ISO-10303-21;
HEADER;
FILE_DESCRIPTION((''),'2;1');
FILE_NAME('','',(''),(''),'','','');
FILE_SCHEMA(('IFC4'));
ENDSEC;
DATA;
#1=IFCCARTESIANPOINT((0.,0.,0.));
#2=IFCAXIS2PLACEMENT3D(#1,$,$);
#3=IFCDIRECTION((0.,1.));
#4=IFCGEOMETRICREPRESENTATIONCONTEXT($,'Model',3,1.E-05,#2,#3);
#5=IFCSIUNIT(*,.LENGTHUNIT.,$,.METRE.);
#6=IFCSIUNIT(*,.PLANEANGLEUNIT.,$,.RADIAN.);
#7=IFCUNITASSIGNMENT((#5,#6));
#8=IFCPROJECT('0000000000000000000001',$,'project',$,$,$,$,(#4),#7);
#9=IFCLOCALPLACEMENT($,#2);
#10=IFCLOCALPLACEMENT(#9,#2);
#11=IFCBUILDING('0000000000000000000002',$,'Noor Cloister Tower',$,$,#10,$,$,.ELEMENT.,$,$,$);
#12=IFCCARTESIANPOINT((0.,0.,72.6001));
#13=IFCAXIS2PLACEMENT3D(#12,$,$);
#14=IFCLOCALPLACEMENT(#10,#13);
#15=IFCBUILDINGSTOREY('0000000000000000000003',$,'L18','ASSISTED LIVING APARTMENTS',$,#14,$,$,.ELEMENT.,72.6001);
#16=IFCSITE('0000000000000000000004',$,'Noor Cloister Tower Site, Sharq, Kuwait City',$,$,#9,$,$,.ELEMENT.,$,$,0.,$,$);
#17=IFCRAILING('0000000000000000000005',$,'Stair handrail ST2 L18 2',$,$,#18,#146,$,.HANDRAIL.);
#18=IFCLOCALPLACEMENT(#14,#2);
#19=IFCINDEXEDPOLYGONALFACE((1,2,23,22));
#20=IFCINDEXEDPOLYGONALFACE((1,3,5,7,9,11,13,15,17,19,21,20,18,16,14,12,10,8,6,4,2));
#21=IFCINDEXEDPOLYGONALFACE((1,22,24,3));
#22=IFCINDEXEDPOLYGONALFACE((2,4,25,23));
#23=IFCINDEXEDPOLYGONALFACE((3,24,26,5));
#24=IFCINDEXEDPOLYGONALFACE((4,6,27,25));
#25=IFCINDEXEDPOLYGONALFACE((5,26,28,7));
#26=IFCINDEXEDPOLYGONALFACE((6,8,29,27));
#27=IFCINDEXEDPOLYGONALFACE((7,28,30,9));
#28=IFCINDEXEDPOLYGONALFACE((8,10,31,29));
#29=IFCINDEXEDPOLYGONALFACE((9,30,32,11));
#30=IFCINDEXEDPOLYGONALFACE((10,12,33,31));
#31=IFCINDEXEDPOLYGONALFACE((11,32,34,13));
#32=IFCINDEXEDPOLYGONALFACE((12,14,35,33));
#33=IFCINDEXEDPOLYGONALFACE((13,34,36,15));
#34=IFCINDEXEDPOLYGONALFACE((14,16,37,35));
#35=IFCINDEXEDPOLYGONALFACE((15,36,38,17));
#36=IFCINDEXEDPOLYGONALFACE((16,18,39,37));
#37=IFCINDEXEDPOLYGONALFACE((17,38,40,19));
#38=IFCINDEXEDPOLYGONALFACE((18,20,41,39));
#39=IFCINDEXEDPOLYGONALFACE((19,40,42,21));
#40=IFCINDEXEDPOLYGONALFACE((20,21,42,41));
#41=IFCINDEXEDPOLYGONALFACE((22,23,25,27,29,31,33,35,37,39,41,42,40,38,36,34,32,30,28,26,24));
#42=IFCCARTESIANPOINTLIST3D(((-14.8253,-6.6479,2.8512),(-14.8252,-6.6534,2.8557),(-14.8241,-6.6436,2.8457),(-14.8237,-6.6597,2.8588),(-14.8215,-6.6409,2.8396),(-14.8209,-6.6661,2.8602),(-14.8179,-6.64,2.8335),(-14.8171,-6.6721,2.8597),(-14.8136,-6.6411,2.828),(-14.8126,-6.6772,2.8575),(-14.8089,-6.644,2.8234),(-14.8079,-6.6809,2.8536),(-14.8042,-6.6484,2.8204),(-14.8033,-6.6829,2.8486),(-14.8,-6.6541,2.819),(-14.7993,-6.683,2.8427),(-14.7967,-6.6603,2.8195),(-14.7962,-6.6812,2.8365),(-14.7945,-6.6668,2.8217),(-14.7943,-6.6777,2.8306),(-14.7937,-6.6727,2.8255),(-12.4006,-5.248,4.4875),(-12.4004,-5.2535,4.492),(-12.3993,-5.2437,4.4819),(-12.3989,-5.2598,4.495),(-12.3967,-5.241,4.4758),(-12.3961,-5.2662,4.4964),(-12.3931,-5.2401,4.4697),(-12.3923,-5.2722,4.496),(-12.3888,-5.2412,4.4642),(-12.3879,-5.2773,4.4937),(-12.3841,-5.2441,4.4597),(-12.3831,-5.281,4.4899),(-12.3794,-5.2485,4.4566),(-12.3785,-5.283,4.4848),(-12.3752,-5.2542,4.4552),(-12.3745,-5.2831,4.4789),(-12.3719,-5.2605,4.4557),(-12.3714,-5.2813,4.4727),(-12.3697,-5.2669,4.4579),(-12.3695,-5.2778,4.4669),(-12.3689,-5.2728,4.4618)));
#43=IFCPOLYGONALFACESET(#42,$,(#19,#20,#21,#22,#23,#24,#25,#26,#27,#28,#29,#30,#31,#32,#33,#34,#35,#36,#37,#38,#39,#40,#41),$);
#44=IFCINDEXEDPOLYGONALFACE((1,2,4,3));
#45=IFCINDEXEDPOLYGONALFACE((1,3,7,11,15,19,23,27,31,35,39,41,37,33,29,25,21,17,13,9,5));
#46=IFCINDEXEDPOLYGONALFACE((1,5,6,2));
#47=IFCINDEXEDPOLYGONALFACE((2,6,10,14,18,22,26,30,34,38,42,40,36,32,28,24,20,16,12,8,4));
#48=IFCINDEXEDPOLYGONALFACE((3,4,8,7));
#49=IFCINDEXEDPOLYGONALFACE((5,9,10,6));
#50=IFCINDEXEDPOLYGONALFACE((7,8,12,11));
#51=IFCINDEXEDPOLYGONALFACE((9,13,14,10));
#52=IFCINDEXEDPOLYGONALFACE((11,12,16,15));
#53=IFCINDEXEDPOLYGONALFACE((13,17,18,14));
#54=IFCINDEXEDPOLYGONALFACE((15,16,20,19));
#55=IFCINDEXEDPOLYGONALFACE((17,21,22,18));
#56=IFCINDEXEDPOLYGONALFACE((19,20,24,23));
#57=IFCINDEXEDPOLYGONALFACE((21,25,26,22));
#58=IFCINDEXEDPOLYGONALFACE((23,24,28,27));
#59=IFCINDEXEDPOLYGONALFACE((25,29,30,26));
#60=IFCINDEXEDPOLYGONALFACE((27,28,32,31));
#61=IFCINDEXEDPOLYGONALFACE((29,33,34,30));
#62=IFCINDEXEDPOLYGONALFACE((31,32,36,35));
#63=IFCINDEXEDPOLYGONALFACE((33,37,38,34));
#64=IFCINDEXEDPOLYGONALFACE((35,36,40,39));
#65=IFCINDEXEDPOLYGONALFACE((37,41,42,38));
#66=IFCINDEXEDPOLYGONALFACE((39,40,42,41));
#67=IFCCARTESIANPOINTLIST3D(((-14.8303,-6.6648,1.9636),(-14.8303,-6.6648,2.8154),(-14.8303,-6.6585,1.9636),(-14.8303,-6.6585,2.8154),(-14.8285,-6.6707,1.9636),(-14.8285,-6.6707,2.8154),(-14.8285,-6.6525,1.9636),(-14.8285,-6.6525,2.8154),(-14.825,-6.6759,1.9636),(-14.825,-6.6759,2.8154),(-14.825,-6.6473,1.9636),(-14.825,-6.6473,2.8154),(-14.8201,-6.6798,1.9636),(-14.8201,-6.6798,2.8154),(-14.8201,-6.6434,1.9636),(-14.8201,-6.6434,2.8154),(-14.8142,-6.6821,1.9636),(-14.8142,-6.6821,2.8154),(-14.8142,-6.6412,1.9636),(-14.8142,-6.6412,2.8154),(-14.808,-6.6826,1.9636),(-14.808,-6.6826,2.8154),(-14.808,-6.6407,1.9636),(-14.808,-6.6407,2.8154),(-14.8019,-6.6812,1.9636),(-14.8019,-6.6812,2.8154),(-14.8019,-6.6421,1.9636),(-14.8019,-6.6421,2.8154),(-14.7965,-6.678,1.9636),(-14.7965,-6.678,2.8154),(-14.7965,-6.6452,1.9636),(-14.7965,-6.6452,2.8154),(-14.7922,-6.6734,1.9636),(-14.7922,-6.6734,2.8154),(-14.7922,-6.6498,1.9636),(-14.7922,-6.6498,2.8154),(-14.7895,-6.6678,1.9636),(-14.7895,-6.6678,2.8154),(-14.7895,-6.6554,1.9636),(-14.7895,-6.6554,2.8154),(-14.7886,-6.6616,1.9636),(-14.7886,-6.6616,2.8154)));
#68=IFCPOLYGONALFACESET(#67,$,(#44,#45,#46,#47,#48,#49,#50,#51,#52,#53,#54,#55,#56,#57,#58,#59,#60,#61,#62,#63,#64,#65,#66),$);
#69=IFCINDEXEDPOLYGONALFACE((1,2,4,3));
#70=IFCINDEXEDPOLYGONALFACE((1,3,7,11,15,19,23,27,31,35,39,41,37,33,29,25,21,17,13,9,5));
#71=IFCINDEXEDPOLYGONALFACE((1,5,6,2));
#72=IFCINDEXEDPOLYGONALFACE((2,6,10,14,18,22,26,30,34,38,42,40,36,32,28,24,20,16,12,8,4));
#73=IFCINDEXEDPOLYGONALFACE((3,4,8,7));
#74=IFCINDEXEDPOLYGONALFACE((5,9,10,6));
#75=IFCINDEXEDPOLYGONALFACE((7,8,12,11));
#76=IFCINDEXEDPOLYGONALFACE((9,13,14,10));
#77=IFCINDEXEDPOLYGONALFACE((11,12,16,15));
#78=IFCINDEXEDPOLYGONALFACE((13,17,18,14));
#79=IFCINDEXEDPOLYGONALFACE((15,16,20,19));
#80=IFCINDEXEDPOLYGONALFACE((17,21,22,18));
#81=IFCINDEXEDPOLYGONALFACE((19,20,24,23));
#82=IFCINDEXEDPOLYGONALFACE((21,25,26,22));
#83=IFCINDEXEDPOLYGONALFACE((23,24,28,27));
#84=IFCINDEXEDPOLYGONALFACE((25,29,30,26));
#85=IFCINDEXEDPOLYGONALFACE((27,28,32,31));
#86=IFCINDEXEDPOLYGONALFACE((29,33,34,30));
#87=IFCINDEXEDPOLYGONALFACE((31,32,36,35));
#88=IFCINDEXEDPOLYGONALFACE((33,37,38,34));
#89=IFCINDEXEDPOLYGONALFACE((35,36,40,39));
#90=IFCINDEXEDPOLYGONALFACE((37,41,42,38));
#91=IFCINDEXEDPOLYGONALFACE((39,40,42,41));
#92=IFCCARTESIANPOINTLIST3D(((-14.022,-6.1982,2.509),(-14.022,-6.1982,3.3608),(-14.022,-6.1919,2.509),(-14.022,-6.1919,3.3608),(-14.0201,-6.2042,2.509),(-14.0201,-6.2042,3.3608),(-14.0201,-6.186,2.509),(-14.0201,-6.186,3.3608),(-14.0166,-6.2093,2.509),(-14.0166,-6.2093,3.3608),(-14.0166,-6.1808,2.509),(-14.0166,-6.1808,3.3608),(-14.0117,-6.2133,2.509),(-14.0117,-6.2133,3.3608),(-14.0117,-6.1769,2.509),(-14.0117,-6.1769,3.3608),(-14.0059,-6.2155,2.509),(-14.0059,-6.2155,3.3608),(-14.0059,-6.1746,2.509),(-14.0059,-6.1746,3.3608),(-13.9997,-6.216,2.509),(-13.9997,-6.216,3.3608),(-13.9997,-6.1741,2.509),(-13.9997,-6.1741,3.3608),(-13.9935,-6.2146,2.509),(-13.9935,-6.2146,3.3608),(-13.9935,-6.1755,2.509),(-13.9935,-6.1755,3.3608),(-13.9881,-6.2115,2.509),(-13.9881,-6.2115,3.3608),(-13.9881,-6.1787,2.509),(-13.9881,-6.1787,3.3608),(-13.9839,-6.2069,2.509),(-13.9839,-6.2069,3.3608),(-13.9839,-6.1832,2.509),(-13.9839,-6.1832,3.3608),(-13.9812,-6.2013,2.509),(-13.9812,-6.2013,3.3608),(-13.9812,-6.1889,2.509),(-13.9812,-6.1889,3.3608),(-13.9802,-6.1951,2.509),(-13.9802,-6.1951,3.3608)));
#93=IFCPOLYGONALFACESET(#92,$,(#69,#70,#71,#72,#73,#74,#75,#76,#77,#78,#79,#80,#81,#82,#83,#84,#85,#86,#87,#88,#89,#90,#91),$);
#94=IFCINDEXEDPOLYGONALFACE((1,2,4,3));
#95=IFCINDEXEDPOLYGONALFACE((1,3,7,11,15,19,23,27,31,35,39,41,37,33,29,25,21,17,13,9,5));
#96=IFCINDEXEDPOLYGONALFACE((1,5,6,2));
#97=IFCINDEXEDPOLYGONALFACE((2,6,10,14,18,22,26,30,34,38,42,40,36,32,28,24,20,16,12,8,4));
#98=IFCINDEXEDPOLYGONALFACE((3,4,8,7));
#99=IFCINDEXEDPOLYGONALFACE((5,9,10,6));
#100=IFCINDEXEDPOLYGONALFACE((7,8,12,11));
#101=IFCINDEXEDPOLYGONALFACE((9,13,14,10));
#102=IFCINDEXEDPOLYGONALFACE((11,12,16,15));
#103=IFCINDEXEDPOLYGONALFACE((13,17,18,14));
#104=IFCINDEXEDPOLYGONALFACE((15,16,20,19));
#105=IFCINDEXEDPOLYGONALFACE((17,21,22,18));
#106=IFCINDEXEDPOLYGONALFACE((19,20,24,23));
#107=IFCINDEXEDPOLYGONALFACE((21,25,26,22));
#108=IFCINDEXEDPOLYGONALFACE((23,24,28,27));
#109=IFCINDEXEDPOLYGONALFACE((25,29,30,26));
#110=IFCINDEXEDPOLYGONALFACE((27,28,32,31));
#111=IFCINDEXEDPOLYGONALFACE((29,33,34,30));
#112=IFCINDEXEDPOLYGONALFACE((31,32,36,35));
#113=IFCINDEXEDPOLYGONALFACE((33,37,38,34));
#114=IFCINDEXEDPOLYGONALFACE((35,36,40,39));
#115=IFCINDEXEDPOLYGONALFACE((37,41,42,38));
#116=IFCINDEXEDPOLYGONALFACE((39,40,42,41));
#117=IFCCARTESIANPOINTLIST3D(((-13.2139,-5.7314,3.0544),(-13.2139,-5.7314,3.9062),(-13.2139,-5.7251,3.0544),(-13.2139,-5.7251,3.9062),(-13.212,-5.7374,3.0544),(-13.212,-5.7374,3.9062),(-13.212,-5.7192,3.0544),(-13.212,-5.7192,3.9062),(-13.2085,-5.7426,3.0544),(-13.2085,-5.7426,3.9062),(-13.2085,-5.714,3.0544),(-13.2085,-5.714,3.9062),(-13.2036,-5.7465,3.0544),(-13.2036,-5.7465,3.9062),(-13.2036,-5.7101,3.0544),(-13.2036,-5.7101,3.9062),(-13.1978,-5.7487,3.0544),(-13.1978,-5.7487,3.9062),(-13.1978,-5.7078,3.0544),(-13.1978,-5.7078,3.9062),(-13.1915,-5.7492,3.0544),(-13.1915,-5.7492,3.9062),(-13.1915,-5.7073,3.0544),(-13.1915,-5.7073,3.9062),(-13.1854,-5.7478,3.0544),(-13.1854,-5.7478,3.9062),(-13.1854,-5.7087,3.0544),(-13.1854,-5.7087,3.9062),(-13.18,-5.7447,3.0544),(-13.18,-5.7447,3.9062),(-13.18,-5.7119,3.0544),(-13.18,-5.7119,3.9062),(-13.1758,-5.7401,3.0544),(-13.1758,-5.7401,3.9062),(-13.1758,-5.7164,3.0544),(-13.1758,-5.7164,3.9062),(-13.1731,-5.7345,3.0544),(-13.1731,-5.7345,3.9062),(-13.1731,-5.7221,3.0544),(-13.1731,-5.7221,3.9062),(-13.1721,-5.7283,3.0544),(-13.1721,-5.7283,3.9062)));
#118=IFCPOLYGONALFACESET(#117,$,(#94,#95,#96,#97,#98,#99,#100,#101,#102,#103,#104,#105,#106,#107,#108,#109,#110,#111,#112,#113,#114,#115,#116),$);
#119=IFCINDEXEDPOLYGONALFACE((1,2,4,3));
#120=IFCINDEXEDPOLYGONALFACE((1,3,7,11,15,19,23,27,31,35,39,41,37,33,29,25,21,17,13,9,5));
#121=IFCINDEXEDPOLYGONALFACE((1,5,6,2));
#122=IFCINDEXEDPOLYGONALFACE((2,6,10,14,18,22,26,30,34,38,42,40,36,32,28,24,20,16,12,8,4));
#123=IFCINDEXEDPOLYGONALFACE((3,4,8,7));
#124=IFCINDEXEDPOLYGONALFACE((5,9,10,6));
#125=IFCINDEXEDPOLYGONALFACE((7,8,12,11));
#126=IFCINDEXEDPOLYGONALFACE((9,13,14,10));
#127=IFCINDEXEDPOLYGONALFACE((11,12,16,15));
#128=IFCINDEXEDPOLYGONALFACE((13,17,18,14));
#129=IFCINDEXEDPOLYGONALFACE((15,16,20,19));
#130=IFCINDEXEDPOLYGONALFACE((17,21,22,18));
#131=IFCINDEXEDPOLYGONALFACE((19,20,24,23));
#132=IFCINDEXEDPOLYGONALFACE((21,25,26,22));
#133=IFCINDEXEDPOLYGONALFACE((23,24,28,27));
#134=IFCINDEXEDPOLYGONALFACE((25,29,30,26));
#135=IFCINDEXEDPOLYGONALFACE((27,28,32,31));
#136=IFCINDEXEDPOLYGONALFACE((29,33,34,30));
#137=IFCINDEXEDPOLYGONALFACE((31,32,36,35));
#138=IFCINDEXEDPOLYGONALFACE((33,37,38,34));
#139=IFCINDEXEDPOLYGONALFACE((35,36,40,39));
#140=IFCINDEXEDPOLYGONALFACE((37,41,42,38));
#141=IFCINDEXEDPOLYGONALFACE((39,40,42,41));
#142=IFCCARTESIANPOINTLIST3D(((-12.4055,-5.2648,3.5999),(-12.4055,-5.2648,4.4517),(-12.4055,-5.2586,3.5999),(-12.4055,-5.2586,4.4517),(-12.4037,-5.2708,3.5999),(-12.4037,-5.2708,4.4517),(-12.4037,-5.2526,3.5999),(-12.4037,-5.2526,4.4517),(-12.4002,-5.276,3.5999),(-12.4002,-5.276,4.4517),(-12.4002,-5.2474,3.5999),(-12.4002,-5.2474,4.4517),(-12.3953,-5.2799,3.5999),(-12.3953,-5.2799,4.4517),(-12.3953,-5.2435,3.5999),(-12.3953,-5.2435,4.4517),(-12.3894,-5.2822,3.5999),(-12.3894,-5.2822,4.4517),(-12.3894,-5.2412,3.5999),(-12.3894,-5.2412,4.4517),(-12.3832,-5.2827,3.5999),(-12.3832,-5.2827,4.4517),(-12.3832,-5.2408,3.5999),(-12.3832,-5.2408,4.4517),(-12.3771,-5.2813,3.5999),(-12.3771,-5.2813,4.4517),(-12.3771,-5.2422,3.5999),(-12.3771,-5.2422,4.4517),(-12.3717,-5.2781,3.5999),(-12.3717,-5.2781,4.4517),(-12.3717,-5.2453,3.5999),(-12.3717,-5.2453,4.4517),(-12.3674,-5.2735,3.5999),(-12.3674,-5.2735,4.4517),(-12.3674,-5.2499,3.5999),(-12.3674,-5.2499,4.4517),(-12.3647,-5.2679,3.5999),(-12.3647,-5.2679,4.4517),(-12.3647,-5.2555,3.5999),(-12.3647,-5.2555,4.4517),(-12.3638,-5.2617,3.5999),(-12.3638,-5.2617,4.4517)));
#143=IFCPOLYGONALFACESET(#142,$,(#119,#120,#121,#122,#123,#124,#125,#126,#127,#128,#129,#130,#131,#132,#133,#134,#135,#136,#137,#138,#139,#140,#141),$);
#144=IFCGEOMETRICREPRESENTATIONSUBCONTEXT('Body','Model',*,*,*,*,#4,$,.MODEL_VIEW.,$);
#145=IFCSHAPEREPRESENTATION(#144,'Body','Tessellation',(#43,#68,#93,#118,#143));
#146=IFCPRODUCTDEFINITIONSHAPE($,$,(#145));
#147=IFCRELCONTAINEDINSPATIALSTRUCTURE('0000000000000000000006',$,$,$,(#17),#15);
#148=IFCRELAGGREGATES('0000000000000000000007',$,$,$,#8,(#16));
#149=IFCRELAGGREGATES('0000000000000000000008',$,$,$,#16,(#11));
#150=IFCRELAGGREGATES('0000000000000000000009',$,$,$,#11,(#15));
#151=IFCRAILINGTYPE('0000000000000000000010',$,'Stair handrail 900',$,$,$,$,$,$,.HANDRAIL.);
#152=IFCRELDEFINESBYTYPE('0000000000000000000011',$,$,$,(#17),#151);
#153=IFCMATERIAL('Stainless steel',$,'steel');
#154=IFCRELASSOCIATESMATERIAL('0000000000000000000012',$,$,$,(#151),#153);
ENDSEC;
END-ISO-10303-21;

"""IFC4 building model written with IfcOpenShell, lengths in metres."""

from ifc_helpers import new_model, si_unit, direction, frame, origin, origin_2d, place, context, subcontext, project, spatial, circle, extrude, material, type_object, element, save


model = new_model("IFC4")

# Units and contexts
model_context = context("Model", 3, precision=1e-05, world=origin(), true_north=direction((0.0, 1.0)))
body_context = subcontext(model_context, "Body", "Model", "MODEL_VIEW")
ifc_project = project(units=[si_unit("LENGTHUNIT", "METRE"), si_unit("PLANEANGLEUNIT", "RADIAN")], contexts=[model_context])

# Site, building, storey
site_placement = place(None, origin())
site = spatial("IfcSite", under=ifc_project, at=site_placement, Name="Noor Cloister Tower Site, Sharq, Kuwait City", CompositionType="ELEMENT", RefElevation=0.0)
building_placement = place(site_placement, origin())
building = spatial("IfcBuilding", under=site, at=building_placement, Name="Noor Cloister Tower", CompositionType="ELEMENT")
storey_placement = place(building_placement, frame((0.0, 0.0, 72.6001)))
storey = spatial("IfcBuildingStorey", under=building, at=storey_placement, Name="L18", Description="ASSISTED LIVING APARTMENTS", CompositionType="ELEMENT", Elevation=72.6001)

# Railing
ifc_material_1 = material(Name="Stainless steel", Category="steel")
railing_type_1 = type_object("IfcRailingType", Name="Stair handrail 900", PredefinedType="HANDRAIL", material=ifc_material_1)
railing_1_placement = place(storey_placement, frame((-14.8096, -6.6616, 1.9636)))
element("IfcRailing", 1, at=railing_1_placement, inside=storey, type_object=railing_type_1, Name="Stair handrail ST2 L18 2", PredefinedType="HANDRAIL", context=body_context, shape_type="SweptSolid", body=[
    extrude(circle(Radius=0.0239, at=origin_2d()), frame((0.0, 0.0, 0.876), z_axis=(0.747718, 0.431677, 0.504552), x_axis=(-0.499984, 0.866035, 0.0)), (0.0, 0.0, 1.0), 3.2429),
    extrude(circle(Radius=0.021, at=origin_2d()), origin(), (0.0, 0.0, 1.0), 0.8518),
    extrude(circle(Radius=0.021, at=origin_2d()), frame((0.8083, 0.4666, 0.5454)), (0.0, 0.0, 1.0), 0.8518),
    extrude(circle(Radius=0.021, at=origin_2d()), frame((1.6165, 0.9333, 1.0908)), (0.0, 0.0, 1.0), 0.8518),
    extrude(circle(Radius=0.021, at=origin_2d()), frame((2.4248, 1.3999, 1.6362)), (0.0, 0.0, 1.0), 0.8518),
])

save(model, "model.ifc")
